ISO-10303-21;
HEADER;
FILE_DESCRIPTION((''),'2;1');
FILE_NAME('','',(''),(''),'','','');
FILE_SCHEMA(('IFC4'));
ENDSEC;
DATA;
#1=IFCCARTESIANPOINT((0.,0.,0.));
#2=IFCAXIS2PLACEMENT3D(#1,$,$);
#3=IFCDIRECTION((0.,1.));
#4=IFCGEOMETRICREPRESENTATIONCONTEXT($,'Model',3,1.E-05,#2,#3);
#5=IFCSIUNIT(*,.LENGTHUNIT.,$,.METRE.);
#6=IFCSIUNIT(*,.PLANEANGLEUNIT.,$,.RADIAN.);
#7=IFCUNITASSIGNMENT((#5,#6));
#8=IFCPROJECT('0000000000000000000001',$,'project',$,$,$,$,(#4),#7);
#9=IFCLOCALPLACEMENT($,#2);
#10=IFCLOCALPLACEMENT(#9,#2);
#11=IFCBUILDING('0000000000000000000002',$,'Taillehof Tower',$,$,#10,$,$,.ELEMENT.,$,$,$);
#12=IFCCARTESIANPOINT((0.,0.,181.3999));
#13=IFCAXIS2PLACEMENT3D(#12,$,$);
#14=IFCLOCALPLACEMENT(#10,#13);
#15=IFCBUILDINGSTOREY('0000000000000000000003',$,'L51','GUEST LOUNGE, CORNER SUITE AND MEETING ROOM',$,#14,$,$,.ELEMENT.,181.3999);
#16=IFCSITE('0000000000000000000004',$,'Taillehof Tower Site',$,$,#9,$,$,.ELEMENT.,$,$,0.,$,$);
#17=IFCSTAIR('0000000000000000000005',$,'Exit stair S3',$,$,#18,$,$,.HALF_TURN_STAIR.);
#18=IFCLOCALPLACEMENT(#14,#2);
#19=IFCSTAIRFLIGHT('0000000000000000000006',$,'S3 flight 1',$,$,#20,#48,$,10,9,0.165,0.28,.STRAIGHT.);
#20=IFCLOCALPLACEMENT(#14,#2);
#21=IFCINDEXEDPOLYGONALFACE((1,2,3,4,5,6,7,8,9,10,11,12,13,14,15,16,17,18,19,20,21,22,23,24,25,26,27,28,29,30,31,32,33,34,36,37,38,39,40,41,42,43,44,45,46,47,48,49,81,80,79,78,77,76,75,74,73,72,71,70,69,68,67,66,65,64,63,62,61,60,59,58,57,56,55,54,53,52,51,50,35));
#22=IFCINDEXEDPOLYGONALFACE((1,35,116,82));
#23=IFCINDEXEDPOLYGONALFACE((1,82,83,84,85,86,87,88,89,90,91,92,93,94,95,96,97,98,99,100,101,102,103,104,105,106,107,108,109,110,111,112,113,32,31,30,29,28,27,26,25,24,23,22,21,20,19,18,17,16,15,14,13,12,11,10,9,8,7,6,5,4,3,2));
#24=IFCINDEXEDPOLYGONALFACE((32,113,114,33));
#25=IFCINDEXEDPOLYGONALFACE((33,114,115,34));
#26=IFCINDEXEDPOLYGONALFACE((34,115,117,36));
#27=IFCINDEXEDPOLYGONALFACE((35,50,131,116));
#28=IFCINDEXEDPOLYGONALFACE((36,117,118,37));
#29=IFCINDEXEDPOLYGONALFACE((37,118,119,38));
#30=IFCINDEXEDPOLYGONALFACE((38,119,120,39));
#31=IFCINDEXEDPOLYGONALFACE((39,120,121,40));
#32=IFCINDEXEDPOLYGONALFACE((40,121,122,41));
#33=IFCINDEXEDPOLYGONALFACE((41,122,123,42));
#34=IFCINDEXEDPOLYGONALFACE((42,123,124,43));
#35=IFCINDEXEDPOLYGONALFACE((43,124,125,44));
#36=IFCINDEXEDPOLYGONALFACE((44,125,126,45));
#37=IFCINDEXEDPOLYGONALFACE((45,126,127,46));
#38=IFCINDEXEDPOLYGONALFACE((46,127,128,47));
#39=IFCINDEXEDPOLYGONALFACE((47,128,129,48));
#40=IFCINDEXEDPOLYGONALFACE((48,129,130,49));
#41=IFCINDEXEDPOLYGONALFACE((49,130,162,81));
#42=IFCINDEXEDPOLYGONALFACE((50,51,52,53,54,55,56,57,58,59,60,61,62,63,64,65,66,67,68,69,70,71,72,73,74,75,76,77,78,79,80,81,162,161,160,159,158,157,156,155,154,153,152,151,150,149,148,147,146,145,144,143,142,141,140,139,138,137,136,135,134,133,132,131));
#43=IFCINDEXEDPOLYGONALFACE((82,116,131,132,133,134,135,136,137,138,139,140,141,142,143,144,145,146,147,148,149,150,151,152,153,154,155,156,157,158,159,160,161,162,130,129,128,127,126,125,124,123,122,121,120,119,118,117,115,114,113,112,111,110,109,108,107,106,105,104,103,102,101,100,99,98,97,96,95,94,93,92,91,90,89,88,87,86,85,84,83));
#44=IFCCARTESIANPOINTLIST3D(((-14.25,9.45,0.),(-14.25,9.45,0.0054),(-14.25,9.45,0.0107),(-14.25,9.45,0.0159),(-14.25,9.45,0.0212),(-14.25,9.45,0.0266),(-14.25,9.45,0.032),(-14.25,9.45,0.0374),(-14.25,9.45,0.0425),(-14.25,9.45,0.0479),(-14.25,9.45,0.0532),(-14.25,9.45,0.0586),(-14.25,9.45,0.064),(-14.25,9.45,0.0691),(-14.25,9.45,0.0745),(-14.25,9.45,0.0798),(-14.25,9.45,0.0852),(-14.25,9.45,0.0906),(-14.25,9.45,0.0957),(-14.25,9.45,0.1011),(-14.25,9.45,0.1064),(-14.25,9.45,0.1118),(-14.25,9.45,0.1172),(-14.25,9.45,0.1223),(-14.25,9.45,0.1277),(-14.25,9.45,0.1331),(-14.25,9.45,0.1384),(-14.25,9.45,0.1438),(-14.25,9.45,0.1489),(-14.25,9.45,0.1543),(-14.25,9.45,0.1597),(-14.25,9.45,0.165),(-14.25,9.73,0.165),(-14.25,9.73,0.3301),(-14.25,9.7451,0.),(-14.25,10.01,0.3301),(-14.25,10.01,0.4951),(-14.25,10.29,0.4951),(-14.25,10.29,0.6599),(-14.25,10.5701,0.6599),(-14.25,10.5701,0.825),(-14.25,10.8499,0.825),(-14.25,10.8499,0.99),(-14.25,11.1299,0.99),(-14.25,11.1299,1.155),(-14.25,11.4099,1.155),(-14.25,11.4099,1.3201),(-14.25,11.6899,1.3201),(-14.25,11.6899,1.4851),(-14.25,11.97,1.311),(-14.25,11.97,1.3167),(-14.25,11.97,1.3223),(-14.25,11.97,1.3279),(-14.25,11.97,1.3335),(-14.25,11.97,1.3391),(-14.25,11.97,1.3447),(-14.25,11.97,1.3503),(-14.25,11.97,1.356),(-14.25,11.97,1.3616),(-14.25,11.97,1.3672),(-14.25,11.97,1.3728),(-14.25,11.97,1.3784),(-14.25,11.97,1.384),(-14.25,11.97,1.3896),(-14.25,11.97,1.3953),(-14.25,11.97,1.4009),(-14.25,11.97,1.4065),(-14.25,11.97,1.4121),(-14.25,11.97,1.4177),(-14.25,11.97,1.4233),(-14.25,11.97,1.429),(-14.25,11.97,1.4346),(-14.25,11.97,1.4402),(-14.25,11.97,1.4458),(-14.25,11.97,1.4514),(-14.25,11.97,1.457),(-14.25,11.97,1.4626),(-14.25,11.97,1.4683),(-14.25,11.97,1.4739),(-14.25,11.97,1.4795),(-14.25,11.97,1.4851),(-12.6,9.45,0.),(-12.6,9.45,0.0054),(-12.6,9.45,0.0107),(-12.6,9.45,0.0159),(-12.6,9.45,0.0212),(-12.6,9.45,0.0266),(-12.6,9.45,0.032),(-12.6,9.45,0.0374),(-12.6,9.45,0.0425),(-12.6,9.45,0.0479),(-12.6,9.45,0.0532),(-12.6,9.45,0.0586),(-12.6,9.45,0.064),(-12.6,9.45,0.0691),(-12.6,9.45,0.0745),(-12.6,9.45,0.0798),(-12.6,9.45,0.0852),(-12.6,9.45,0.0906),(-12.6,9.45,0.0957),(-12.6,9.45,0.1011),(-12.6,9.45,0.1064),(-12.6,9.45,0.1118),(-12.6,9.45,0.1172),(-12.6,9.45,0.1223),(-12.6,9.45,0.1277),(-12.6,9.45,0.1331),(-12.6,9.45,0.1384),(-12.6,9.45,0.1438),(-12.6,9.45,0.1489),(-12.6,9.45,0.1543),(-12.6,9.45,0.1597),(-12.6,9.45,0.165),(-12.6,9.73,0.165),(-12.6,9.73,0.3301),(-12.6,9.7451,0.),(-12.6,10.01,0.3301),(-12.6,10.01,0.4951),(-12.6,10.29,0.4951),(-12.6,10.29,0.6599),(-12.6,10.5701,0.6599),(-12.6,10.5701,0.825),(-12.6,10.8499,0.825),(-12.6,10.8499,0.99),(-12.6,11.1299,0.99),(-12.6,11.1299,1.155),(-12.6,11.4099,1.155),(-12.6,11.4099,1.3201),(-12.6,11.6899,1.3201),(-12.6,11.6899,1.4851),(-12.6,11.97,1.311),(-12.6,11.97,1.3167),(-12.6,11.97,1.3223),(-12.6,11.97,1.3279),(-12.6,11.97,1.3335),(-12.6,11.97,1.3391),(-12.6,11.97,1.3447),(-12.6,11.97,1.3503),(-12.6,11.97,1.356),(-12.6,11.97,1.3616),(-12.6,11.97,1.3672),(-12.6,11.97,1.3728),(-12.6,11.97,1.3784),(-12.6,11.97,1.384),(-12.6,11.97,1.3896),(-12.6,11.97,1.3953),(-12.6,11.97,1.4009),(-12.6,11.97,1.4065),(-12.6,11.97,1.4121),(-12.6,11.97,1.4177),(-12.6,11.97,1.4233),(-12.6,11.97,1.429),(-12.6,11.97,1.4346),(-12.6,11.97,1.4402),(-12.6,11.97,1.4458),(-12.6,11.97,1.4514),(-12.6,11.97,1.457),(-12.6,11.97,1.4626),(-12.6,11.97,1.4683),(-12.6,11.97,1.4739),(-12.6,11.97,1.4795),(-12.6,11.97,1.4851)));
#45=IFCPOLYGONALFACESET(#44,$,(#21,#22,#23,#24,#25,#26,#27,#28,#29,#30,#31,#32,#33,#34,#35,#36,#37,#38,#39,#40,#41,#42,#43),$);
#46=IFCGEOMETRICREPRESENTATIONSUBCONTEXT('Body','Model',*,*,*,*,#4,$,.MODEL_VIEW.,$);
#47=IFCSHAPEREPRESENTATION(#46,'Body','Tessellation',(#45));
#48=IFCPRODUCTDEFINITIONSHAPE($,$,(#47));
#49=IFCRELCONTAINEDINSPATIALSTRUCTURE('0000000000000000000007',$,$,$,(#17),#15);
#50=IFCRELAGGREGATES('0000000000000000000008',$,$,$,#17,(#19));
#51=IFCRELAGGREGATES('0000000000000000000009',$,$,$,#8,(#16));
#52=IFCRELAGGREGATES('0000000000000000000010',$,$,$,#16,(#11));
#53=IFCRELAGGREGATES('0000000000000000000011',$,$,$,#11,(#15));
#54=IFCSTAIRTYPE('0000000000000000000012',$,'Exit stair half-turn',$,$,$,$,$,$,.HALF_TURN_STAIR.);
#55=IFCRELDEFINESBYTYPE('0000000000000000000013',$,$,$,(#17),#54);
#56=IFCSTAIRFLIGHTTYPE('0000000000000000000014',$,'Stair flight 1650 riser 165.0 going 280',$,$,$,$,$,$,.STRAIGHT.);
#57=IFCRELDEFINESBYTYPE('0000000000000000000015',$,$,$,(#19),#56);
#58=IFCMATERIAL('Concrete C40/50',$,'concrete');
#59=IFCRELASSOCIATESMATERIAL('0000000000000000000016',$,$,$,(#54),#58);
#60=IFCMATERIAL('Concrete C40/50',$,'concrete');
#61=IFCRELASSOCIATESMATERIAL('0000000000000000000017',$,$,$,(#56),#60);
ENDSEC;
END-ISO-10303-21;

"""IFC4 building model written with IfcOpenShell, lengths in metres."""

from ifc_helpers import new_model, si_unit, direction, frame, origin, place, context, subcontext, project, spatial, polyline, outline, extrude, material, type_object, element, aggregate, save


model = new_model("IFC4")

# Units and contexts
model_context = context("Model", 3, precision=1e-05, world=origin(), true_north=direction((0.0, 1.0)))
body_context = subcontext(model_context, "Body", "Model", "MODEL_VIEW")
ifc_project = project(units=[si_unit("LENGTHUNIT", "METRE"), si_unit("PLANEANGLEUNIT", "RADIAN")], contexts=[model_context])

# Site, building, storey
site_placement = place(None, origin())
site = spatial("IfcSite", under=ifc_project, at=site_placement, Name="Taillehof Tower Site", CompositionType="ELEMENT", RefElevation=0.0)
building_placement = place(site_placement, origin())
building = spatial("IfcBuilding", under=site, at=building_placement, Name="Taillehof Tower", CompositionType="ELEMENT")
storey_placement = place(building_placement, frame((0.0, 0.0, 181.3999)))
storey = spatial("IfcBuildingStorey", under=building, at=storey_placement, Name="L51", Description="GUEST LOUNGE, CORNER SUITE AND MEETING ROOM", CompositionType="ELEMENT", Elevation=181.3999)

# Stair, stair flight
ifc_material_1 = material(Name="Concrete C40/50", Category="concrete")
stair_type = type_object("IfcStairType", Name="Exit stair half-turn", PredefinedType="HALF_TURN_STAIR", material=ifc_material_1)
stair_placement = place(storey_placement, origin())
stair = element("IfcStair", 1, at=stair_placement, inside=storey, type_object=stair_type, Name="Exit stair S3", PredefinedType="HALF_TURN_STAIR")
ifc_material_2 = material(Name="Concrete C40/50", Category="concrete")
stair_flight_type = type_object("IfcStairFlightType", Name="Stair flight 1650 riser 165.0 going 280", PredefinedType="STRAIGHT", material=ifc_material_2)
stair_flight_placement = place(storey_placement, frame((-13.425, 9.45, 0.0), z_axis=(0.0, 0.0, 1.0), x_axis=(0.0, 1.0, 0.0)))
stair_flight = element("IfcStairFlight", 2, at=stair_flight_placement, type_object=stair_flight_type, Name="S3 flight 1", NumberOfRisers=10, NumberOfTreads=9, PredefinedType="STRAIGHT", RiserHeight=0.165, TreadLength=0.28, context=body_context, shape_type="SweptSolid", body=[
    extrude(outline(polyline([(0.0, 0.0), (0.0, 0.0054), (0.0, 0.0107), (0.0, 0.0159), (0.0, 0.0212), (0.0, 0.0266), (0.0, 0.032), (0.0, 0.0374), (0.0, 0.0425), (0.0, 0.0479), (0.0, 0.0532), (0.0, 0.0586), (0.0, 0.064), (0.0, 0.0691), (0.0, 0.0745), (0.0, 0.0798), (0.0, 0.0852), (0.0, 0.0906), (0.0, 0.0957), (0.0, 0.1011), (0.0, 0.1064), (0.0, 0.1118), (0.0, 0.1172), (0.0, 0.1223), (0.0, 0.1277), (0.0, 0.1331), (0.0, 0.1384), (0.0, 0.1438), (0.0, 0.1489), (0.0, 0.1543), (0.0, 0.1597), (0.0, 0.165), (0.28, 0.165), (0.28, 0.3301), (0.5601, 0.3301), (0.5601, 0.4951), (0.8401, 0.4951), (0.8401, 0.6599), (1.1201, 0.6599), (1.1201, 0.825), (1.3999, 0.825), (1.3999, 0.99), (1.6799, 0.99), (1.6799, 1.155), (1.96, 1.155), (1.96, 1.3201), (2.24, 1.3201), (2.24, 1.4851), (2.52, 1.4851), (2.52, 1.4795), (2.52, 1.4739), (2.52, 1.4683), (2.52, 1.4626), (2.52, 1.457), (2.52, 1.4514), (2.52, 1.4458), (2.52, 1.4402), (2.52, 1.4346), (2.52, 1.429), (2.52, 1.4233), (2.52, 1.4177), (2.52, 1.4121), (2.52, 1.4065), (2.52, 1.4009), (2.52, 1.3953), (2.52, 1.3896), (2.52, 1.384), (2.52, 1.3784), (2.52, 1.3728), (2.52, 1.3672), (2.52, 1.3616), (2.52, 1.356), (2.52, 1.3503), (2.52, 1.3447), (2.52, 1.3391), (2.52, 1.3335), (2.52, 1.3279), (2.52, 1.3223), (2.52, 1.3167), (2.52, 1.311), (0.2952, 0.0), (0.0, 0.0)])), frame((0.0, 0.825, 0.0), z_axis=(0.0, -1.0, 0.0), x_axis=(1.0, 0.0, 0.0)), (0.0, 0.0, 1.0), 1.65),
])
aggregate(stair, [stair_flight])

save(model, "model.ifc")
